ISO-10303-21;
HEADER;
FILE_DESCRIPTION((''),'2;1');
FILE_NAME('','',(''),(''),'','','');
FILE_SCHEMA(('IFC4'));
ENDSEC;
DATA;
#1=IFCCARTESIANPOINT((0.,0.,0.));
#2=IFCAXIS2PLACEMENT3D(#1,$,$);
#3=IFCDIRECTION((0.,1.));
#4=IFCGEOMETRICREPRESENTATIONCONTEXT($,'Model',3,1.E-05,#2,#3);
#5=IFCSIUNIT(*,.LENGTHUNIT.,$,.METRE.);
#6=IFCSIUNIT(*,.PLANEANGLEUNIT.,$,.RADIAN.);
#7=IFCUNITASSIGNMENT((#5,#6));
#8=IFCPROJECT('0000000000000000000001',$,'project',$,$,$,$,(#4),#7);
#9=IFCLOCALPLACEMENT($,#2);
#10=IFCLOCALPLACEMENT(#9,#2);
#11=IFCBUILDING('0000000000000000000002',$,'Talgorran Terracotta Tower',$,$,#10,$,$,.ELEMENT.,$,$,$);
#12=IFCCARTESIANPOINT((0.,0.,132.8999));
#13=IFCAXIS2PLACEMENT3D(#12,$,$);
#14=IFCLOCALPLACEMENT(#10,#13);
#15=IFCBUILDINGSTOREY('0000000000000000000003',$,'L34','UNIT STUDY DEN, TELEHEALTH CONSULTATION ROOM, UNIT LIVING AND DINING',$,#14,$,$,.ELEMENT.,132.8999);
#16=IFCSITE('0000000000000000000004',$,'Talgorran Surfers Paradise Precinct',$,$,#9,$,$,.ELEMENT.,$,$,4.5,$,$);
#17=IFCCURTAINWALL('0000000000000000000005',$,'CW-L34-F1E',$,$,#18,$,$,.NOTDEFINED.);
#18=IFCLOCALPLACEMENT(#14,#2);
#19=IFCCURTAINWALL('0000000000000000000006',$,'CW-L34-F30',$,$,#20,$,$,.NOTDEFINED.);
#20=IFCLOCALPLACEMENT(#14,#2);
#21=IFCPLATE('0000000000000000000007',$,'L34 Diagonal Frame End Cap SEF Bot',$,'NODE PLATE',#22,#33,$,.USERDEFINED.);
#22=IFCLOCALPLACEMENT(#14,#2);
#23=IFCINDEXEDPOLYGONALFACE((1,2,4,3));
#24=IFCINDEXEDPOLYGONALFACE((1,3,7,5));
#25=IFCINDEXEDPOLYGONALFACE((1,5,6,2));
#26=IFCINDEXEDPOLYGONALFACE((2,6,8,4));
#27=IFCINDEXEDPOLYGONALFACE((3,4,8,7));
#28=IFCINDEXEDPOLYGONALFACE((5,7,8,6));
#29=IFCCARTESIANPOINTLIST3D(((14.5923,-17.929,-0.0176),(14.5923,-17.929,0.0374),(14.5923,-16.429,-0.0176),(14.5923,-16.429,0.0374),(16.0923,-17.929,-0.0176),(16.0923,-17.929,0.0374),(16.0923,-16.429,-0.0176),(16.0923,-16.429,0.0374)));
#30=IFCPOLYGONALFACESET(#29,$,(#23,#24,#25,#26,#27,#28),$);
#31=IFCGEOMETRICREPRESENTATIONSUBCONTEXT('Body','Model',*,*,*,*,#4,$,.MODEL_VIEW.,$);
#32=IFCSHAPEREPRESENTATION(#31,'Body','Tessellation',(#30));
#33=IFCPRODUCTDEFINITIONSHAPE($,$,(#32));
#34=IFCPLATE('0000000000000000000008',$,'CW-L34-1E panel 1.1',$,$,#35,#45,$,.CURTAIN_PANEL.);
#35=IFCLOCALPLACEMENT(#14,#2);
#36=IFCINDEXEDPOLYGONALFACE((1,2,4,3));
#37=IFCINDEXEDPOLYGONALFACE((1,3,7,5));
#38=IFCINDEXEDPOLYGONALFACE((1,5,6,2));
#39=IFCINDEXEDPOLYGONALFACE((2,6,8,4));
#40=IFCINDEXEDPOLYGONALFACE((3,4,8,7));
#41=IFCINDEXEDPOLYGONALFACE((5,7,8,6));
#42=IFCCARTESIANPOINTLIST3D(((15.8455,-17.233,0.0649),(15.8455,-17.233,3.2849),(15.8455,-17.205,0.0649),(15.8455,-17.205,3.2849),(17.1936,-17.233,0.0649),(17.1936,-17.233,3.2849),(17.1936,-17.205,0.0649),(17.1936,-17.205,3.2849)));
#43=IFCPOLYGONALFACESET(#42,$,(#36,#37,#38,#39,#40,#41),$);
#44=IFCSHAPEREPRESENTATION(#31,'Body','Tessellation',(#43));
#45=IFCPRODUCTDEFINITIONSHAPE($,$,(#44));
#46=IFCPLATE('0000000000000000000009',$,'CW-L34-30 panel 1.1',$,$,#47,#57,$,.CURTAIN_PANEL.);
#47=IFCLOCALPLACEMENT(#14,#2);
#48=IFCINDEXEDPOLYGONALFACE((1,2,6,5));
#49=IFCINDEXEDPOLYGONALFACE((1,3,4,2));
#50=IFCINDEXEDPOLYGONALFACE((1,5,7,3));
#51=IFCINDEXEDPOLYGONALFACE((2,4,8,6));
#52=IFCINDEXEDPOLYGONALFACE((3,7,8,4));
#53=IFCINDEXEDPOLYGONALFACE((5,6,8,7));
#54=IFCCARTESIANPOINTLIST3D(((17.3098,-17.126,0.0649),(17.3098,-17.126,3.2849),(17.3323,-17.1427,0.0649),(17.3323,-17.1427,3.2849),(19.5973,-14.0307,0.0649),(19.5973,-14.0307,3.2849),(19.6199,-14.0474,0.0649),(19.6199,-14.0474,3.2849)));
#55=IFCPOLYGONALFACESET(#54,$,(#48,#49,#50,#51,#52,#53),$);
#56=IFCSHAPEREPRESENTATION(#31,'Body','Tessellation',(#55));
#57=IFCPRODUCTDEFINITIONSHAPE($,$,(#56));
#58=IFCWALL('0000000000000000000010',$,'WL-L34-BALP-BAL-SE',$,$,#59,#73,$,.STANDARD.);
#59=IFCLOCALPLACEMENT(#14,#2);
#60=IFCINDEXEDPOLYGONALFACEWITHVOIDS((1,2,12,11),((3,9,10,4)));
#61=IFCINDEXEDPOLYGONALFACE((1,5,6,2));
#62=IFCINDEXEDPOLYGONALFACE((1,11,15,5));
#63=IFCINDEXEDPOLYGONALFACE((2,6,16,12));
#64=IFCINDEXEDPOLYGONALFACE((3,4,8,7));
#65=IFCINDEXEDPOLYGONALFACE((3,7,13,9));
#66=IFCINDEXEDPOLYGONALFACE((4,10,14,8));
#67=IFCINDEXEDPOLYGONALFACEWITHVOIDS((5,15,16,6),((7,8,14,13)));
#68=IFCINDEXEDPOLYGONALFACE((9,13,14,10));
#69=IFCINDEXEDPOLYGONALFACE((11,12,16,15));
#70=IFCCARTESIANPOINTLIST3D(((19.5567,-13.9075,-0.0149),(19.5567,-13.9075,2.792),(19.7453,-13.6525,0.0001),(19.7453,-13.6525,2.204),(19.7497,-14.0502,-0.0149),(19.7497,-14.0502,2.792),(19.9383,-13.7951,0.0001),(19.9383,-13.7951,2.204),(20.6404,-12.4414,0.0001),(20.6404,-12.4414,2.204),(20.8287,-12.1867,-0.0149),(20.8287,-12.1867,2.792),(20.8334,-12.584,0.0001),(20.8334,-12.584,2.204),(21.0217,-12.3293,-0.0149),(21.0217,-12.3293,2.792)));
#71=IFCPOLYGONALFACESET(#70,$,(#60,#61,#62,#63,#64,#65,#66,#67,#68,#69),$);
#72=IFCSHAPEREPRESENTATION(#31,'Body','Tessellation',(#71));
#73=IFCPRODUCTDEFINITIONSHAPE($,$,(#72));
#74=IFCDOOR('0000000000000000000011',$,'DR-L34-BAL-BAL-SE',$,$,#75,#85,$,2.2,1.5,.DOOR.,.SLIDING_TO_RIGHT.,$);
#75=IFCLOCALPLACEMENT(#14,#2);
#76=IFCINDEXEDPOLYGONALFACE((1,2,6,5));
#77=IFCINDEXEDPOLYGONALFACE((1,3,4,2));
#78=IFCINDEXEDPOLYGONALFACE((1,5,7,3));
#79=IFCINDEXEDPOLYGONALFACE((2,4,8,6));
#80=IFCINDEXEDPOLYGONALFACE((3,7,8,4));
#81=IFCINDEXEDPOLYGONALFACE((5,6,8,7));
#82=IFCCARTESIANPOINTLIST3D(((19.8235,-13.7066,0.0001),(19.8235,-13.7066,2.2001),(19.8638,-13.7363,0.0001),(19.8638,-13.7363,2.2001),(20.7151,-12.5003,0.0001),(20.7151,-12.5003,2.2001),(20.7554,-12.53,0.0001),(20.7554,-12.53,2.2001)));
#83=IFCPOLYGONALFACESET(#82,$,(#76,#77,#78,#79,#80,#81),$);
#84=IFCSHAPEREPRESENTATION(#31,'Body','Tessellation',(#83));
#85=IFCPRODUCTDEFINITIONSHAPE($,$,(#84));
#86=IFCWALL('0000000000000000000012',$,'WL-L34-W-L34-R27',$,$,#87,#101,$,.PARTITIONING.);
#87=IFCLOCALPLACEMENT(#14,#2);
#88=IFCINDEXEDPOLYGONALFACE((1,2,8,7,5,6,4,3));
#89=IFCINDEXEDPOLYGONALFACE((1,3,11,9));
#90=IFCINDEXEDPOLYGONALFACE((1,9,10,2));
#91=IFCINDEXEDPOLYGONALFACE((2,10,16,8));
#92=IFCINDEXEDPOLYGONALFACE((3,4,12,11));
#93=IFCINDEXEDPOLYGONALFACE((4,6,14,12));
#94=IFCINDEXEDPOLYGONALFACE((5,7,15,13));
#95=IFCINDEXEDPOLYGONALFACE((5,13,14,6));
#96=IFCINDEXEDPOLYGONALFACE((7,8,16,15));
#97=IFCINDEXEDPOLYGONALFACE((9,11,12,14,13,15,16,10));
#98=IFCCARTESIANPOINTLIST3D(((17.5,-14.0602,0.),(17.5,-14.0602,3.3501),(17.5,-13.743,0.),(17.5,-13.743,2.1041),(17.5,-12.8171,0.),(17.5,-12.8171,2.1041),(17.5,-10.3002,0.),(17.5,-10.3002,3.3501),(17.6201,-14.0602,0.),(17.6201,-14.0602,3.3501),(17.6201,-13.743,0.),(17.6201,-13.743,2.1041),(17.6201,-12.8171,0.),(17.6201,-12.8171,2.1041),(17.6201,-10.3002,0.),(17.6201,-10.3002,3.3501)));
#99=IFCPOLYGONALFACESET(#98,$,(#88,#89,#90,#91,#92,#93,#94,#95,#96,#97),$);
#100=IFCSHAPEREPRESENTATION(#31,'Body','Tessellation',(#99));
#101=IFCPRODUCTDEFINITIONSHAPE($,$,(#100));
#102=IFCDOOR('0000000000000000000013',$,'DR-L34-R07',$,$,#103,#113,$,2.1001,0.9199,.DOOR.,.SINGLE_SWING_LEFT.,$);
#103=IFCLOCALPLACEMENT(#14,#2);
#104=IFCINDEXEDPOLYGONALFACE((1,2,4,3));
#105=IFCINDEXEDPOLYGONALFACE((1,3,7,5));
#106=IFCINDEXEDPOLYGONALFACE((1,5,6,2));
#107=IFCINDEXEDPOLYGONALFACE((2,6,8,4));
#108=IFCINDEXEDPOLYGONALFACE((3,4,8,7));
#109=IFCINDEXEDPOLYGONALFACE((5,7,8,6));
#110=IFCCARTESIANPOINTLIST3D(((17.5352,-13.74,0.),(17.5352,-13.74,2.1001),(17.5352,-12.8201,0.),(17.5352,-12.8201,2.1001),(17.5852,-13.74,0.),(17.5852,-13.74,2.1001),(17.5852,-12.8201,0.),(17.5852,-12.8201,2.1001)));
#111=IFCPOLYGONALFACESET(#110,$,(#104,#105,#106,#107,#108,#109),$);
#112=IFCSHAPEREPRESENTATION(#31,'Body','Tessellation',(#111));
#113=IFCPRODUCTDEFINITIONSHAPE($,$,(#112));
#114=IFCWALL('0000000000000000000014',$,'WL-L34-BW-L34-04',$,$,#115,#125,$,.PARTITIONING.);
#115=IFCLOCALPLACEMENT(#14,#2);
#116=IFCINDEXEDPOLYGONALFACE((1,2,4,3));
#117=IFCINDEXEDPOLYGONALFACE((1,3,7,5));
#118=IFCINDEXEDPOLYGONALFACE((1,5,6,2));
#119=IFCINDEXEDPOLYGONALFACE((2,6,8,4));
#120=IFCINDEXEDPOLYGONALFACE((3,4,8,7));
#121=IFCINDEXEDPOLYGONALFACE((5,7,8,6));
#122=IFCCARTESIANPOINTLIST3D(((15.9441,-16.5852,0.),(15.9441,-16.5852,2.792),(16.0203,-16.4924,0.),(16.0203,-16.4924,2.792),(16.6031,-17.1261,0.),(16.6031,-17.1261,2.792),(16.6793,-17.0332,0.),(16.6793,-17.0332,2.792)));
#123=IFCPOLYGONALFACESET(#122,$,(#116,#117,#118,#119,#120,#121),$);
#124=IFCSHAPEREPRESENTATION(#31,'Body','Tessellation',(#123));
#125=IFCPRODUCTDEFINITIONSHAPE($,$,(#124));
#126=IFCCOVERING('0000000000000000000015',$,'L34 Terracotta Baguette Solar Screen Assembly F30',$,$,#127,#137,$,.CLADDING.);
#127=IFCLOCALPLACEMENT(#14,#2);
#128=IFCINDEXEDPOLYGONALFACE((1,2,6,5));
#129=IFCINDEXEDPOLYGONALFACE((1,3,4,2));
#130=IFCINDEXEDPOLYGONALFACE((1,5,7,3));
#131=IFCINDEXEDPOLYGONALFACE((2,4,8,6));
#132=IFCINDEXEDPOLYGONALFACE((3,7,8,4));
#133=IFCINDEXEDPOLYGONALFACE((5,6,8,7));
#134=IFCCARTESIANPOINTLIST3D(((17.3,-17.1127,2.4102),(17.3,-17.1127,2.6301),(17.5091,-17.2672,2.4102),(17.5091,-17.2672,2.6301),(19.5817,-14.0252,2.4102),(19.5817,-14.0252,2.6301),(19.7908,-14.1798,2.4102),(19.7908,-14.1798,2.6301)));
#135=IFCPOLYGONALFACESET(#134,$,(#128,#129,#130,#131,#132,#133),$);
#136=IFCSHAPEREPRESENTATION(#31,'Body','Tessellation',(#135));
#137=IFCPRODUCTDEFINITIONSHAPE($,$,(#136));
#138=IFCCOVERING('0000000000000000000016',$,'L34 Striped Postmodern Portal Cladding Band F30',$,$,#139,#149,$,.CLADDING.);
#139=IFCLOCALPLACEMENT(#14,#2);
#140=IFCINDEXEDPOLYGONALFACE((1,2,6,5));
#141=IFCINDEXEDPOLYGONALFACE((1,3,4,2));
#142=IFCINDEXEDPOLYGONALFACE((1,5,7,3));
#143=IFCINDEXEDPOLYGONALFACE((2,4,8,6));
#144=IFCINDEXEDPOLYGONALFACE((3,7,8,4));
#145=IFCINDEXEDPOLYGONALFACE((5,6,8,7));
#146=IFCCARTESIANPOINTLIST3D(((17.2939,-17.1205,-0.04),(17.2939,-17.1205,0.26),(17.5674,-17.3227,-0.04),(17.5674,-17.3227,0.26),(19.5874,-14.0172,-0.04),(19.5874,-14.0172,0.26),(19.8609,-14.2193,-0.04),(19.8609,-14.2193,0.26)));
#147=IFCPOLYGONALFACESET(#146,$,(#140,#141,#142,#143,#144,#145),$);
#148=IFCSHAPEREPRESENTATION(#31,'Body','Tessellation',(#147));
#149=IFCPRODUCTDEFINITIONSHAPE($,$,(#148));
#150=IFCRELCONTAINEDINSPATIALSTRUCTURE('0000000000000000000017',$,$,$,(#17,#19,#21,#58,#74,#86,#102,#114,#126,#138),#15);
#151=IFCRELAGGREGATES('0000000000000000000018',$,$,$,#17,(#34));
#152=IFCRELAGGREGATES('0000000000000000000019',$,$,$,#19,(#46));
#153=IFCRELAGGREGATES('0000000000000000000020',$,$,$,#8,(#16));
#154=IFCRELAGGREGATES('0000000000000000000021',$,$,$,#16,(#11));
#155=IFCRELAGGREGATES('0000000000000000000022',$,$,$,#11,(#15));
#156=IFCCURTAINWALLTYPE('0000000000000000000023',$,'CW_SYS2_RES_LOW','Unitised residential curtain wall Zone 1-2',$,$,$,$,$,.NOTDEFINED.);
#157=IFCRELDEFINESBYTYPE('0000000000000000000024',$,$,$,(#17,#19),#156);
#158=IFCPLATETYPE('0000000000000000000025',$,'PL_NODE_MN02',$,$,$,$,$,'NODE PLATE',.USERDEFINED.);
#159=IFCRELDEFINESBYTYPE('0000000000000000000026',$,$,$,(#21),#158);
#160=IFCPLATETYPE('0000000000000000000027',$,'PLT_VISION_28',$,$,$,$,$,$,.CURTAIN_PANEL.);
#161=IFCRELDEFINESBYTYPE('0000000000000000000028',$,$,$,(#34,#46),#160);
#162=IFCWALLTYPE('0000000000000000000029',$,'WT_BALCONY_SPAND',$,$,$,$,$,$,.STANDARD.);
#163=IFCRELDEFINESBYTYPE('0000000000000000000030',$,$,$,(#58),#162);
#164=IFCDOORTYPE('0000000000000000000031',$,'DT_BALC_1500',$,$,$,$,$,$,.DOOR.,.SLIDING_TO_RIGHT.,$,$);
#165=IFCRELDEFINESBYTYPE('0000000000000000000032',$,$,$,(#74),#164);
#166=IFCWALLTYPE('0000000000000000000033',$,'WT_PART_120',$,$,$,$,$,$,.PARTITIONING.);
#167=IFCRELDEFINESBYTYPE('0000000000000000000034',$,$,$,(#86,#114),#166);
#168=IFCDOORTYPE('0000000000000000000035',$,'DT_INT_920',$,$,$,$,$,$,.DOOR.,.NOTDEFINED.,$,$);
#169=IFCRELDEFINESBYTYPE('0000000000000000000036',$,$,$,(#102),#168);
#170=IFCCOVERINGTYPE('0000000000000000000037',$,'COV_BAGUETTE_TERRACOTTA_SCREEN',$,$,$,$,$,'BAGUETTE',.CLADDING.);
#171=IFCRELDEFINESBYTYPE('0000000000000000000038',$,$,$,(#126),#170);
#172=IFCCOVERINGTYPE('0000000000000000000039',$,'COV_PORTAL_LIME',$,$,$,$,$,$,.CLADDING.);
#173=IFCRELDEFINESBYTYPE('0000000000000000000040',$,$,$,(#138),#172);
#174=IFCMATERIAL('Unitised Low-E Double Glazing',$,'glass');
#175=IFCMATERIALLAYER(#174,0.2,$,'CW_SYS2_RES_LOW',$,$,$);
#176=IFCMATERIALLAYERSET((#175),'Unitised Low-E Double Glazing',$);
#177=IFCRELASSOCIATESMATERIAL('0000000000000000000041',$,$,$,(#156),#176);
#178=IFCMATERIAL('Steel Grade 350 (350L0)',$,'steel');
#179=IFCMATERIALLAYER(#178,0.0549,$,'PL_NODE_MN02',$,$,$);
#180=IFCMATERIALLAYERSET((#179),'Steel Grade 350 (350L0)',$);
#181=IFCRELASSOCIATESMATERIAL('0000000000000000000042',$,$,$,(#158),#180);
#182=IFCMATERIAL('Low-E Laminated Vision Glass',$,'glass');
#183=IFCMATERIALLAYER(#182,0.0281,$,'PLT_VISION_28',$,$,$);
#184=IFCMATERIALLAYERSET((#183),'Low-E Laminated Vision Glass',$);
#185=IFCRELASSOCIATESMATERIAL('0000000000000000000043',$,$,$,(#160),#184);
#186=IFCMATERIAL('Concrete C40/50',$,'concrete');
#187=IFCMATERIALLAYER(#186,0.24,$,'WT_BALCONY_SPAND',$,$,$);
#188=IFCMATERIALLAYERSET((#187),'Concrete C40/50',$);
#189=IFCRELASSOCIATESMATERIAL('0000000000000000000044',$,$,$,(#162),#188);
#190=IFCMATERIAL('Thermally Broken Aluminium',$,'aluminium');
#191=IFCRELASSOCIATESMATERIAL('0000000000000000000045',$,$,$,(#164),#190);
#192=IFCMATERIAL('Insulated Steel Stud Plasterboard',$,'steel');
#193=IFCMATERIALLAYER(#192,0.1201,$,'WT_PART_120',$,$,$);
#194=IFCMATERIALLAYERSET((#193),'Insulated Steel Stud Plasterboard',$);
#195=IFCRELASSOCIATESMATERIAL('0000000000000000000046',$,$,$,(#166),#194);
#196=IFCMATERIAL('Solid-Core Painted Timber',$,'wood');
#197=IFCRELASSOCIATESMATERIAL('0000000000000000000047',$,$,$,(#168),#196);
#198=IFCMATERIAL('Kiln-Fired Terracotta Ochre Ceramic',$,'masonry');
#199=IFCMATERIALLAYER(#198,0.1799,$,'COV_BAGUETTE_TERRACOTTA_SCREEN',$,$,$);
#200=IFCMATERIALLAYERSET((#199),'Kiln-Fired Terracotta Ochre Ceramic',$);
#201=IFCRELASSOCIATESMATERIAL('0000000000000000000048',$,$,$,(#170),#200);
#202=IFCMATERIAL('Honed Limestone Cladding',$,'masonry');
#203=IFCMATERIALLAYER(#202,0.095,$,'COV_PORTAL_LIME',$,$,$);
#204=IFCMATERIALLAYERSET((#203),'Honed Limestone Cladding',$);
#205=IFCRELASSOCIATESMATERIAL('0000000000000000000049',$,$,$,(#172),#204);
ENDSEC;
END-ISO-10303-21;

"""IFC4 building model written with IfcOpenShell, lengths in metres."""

from ifc_helpers import new_model, si_unit, direction, frame, frame_2d, origin, origin_2d, place, context, subcontext, project, spatial, rectangle, extrude, source, transform, mapped, material, layer, layer_set, type_object, type_shapes, element, fill, aggregate, save


model = new_model("IFC4")

# Units and contexts
model_context = context("Model", 3, precision=1e-05, world=origin(), true_north=direction((0.0, 1.0)))
body_context = subcontext(model_context, "Body", "Model", "MODEL_VIEW")
ifc_project = project(units=[si_unit("LENGTHUNIT", "METRE"), si_unit("PLANEANGLEUNIT", "RADIAN")], contexts=[model_context])

# Site, building, storey
site_placement = place(None, origin())
site = spatial("IfcSite", under=ifc_project, at=site_placement, Name="Talgorran Surfers Paradise Precinct", CompositionType="ELEMENT", RefElevation=4.5)
building_placement = place(site_placement, origin())
building = spatial("IfcBuilding", under=site, at=building_placement, Name="Talgorran Terracotta Tower", CompositionType="ELEMENT")
storey_placement = place(building_placement, frame((0.0, 0.0, 132.8999)))
storey = spatial("IfcBuildingStorey", under=building, at=storey_placement, Name="L34", Description="UNIT STUDY DEN, TELEHEALTH CONSULTATION ROOM, UNIT LIVING AND DINING", CompositionType="ELEMENT", Elevation=132.8999)

# Shared definitions
ifc_material_1 = material(Name="Steel Grade 350 (350L0)", Category="steel")

# Shared definitions
ifc_material_2 = material(Name="Unitised Low-E Double Glazing", Category="glass")
ifc_layer_1 = layer(ifc_material_2, 0.2, Name="CW_SYS2_RES_LOW")
ifc_layer_set_1 = layer_set([ifc_layer_1], Name="Unitised Low-E Double Glazing")
curtain_wall_type = type_object("IfcCurtainWallType", Name="CW_SYS2_RES_LOW", Description="Unitised residential curtain wall Zone 1-2", PredefinedType="NOTDEFINED", material=ifc_layer_set_1)

# Curtain walls
curtain_wall_1_placement = place(storey_placement, origin())
curtain_wall_1 = element("IfcCurtainWall", 1, at=curtain_wall_1_placement, inside=storey, type_object=curtain_wall_type, Name="CW-L34-F1E", PredefinedType="NOTDEFINED")
curtain_wall_2_placement = place(storey_placement, origin())
curtain_wall_2 = element("IfcCurtainWall", 2, at=curtain_wall_2_placement, inside=storey, type_object=curtain_wall_type, Name="CW-L34-F30", PredefinedType="NOTDEFINED")

# Plates
ifc_layer_2 = layer(ifc_material_1, 0.0549, Name="PL_NODE_MN02")
ifc_layer_set_2 = layer_set([ifc_layer_2], Name="Steel Grade 350 (350L0)")
plate_type_1 = type_object("IfcPlateType", Name="PL_NODE_MN02", ElementType="NODE PLATE", PredefinedType="USERDEFINED", material=ifc_layer_set_2)
plate_1_placement = place(storey_placement, frame((15.3423, -17.179, -0.0176), z_axis=(0.0, 0.0, 1.0), x_axis=(-1.0, 0.0, 0.0)))
element("IfcPlate", 3, at=plate_1_placement, inside=storey, type_object=plate_type_1, Name="L34 Diagonal Frame End Cap SEF Bot", ObjectType="NODE PLATE", PredefinedType="USERDEFINED", context=body_context, shape_type="SweptSolid", body=[
    extrude(rectangle(XDim=1.5, YDim=1.5, at=origin_2d()), origin(), (0.0, 0.0, 1.0), 0.0549),
])
ifc_material_3 = material(Name="Low-E Laminated Vision Glass", Category="glass")
ifc_layer_3 = layer(ifc_material_3, 0.0281, Name="PLT_VISION_28")
ifc_layer_set_3 = layer_set([ifc_layer_3], Name="Low-E Laminated Vision Glass")
plate_type_2 = type_object("IfcPlateType", Name="PLT_VISION_28", PredefinedType="CURTAIN_PANEL", material=ifc_layer_set_3)
shared_shape_1 = source(origin(), body_context, "Body", "SweptSolid", [
    extrude(rectangle(XDim=1.3481, YDim=0.0281, at=origin_2d()), origin(), (0.0, 0.0, 1.0), 3.22),
])
plate_2_placement = place(storey_placement, frame((16.5195, -17.219, 0.0649), z_axis=(0.0, 0.0, 1.0), x_axis=(1.0, 0.0, 0.0)))
plate_2 = element("IfcPlate", 4, at=plate_2_placement, type_object=plate_type_2, Name="CW-L34-1E panel 1.1", PredefinedType="CURTAIN_PANEL", context=body_context, shape_type="MappedRepresentation", body=[
    mapped(shared_shape_1, transform((0.0, 0.0, 0.0), scale=1.0)),
])
aggregate(curtain_wall_1, [plate_2])
shared_shape_2 = source(origin(), body_context, "Body", "SweptSolid", [
    extrude(rectangle(XDim=3.8489, YDim=0.0281, at=origin_2d()), origin(), (0.0, 0.0, 1.0), 3.22),
])
type_shapes(plate_type_2, [shared_shape_1, shared_shape_2])
plate_3_placement = place(storey_placement, frame((18.4648, -15.5867, 0.0649), z_axis=(0.0, 0.0, 1.0), x_axis=(0.594351, 0.804205, 0.0)))
plate_3 = element("IfcPlate", 5, at=plate_3_placement, type_object=plate_type_2, Name="CW-L34-30 panel 1.1", PredefinedType="CURTAIN_PANEL", context=body_context, shape_type="MappedRepresentation", body=[
    mapped(shared_shape_2, transform((0.0, 0.0, 0.0), scale=1.0)),
])
aggregate(curtain_wall_2, [plate_3])

# Walls, openings, doors
ifc_material_4 = material(Name="Concrete C40/50", Category="concrete")
ifc_layer_4 = layer(ifc_material_4, 0.24, Name="WT_BALCONY_SPAND")
ifc_layer_set_4 = layer_set([ifc_layer_4], Name="Concrete C40/50")
wall_type_1 = type_object("IfcWallType", Name="WT_BALCONY_SPAND", PredefinedType="STANDARD", material=ifc_layer_set_4)
wall_1_placement = place(storey_placement, frame((19.6533, -13.9788, -0.0149), z_axis=(0.0, 0.0, 1.0), x_axis=(0.594381, 0.804183, 0.0)))
wall_1 = element("IfcWall", 6, at=wall_1_placement, inside=storey, type_object=wall_type_1, Name="WL-L34-BALP-BAL-SE", PredefinedType="STANDARD", context=body_context, shape_type="SweptSolid", body=[
    extrude(rectangle(XDim=2.1399, YDim=0.24, at=frame_2d((1.0698, 0.0))), origin(), (0.0, 0.0, 1.0), 2.8069),
])
opening_1_placement = place(wall_1_placement, frame((0.3201, 0.0, 0.0149)))
opening_1 = element("IfcOpeningElement", 7, at=opening_1_placement, cuts=wall_1, PredefinedType="OPENING", context=body_context, shape_type="SweptSolid", body=[
    extrude(rectangle(XDim=1.506, YDim=2.204, at=frame_2d((0.75, 1.1021))), frame((0.0, 0.1299, 0.0), z_axis=(0.0, -1.0, 0.0), x_axis=(1.0, 0.0, 0.0)), (0.0, 0.0, 1.0), 0.26),
])
ifc_material_5 = material(Name="Thermally Broken Aluminium", Category="aluminium")
door_type_1 = type_object("IfcDoorType", Name="DT_BALC_1500", OperationType="SLIDING_TO_RIGHT", PredefinedType="DOOR", material=ifc_material_5)
door_1_placement = place(opening_1_placement, origin())
door_1 = element("IfcDoor", 8, at=door_1_placement, inside=storey, type_object=door_type_1, Name="DR-L34-BAL-BAL-SE", OperationType="SLIDING_TO_RIGHT", OverallHeight=2.2, OverallWidth=1.5, PredefinedType="DOOR", context=body_context, shape_type="SweptSolid", body=[
    extrude(rectangle(XDim=1.5, YDim=2.2, at=frame_2d((0.75, 1.1001))), frame((0.0, 0.0249, 0.0), z_axis=(0.0, -1.0, 0.0), x_axis=(1.0, 0.0, 0.0)), (0.0, 0.0, 1.0), 0.05),
])
fill(opening_1, door_1)
ifc_material_6 = material(Name="Insulated Steel Stud Plasterboard", Category="steel")
ifc_layer_5 = layer(ifc_material_6, 0.1201, Name="WT_PART_120")
ifc_layer_set_5 = layer_set([ifc_layer_5], Name="Insulated Steel Stud Plasterboard")
wall_type_2 = type_object("IfcWallType", Name="WT_PART_120", PredefinedType="PARTITIONING", material=ifc_layer_set_5)
wall_2_placement = place(storey_placement, frame((17.5601, -14.0601, 0.0), z_axis=(0.0, 0.0, 1.0), x_axis=(0.0, 1.0, 0.0)))
wall_2 = element("IfcWall", 9, at=wall_2_placement, inside=storey, type_object=wall_type_2, Name="WL-L34-W-L34-R27", PredefinedType="PARTITIONING", context=body_context, shape_type="SweptSolid", body=[
    extrude(rectangle(XDim=3.76, YDim=0.1201, at=frame_2d((1.8799, 0.0))), origin(), (0.0, 0.0, 1.0), 3.3501),
])
opening_2_placement = place(wall_2_placement, frame((0.3201, 0.0, 0.0)))
opening_2 = element("IfcOpeningElement", 10, at=opening_2_placement, cuts=wall_2, PredefinedType="OPENING", context=body_context, shape_type="SweptSolid", body=[
    extrude(rectangle(XDim=0.9259, YDim=2.1041, at=frame_2d((0.46, 1.052))), frame((0.0, 0.0701, 0.0), z_axis=(0.0, -1.0, 0.0), x_axis=(1.0, 0.0, 0.0)), (0.0, 0.0, 1.0), 0.1401),
])
ifc_material_7 = material(Name="Solid-Core Painted Timber", Category="wood")
door_type_2 = type_object("IfcDoorType", Name="DT_INT_920", OperationType="NOTDEFINED", PredefinedType="DOOR", material=ifc_material_7)
door_2_placement = place(opening_2_placement, origin())
door_2 = element("IfcDoor", 11, at=door_2_placement, inside=storey, type_object=door_type_2, Name="DR-L34-R07", OperationType="SINGLE_SWING_LEFT", OverallHeight=2.1001, OverallWidth=0.9199, PredefinedType="DOOR", context=body_context, shape_type="SweptSolid", body=[
    extrude(rectangle(XDim=0.9199, YDim=2.1001, at=frame_2d((0.46, 1.05))), frame((0.0, 0.0249, 0.0), z_axis=(0.0, -1.0, 0.0), x_axis=(1.0, 0.0, 0.0)), (0.0, 0.0, 1.0), 0.05),
])
fill(opening_2, door_2)

# Wall
wall_3_placement = place(storey_placement, frame((15.9822, -16.5388, 0.0), z_axis=(0.0, 0.0, 1.0), x_axis=(0.773012, -0.634391, 0.0)))
element("IfcWall", 12, at=wall_3_placement, inside=storey, type_object=wall_type_2, Name="WL-L34-BW-L34-04", PredefinedType="PARTITIONING", context=body_context, shape_type="SweptSolid", body=[
    extrude(rectangle(XDim=0.8525, YDim=0.1201, at=frame_2d((0.4263, 0.0))), origin(), (0.0, 0.0, 1.0), 2.792),
])

# Coverings
ifc_material_8 = material(Name="Kiln-Fired Terracotta Ochre Ceramic", Category="masonry")
ifc_layer_6 = layer(ifc_material_8, 0.1799, Name="COV_BAGUETTE_TERRACOTTA_SCREEN")
ifc_layer_set_6 = layer_set([ifc_layer_6], Name="Kiln-Fired Terracotta Ochre Ceramic")
covering_type_1 = type_object("IfcCoveringType", Name="COV_BAGUETTE_TERRACOTTA_SCREEN", ElementType="BAGUETTE", PredefinedType="CLADDING", material=ifc_layer_set_6)
covering_1_placement = place(storey_placement, frame((18.5454, -15.6462, 2.4102), z_axis=(0.0, 0.0, 1.0), x_axis=(0.594346, 0.80421, 0.0)))
element("IfcCovering", 13, at=covering_1_placement, inside=storey, type_object=covering_type_1, Name="L34 Terracotta Baguette Solar Screen Assembly F30", PredefinedType="CLADDING", context=body_context, shape_type="SweptSolid", body=[
    extrude(rectangle(XDim=3.8391, YDim=0.26, at=origin_2d()), origin(), (0.0, 0.0, 1.0), 0.22),
])
ifc_material_9 = material(Name="Honed Limestone Cladding", Category="masonry")
ifc_layer_7 = layer(ifc_material_9, 0.095, Name="COV_PORTAL_LIME")
ifc_layer_set_7 = layer_set([ifc_layer_7], Name="Honed Limestone Cladding")
covering_type_2 = type_object("IfcCoveringType", Name="COV_PORTAL_LIME", PredefinedType="CLADDING", material=ifc_layer_set_7)
covering_2_placement = place(storey_placement, frame((18.5774, -15.6699, -0.04), z_axis=(0.0, 0.0, 1.0), x_axis=(0.594346, 0.80421, 0.0)))
element("IfcCovering", 14, at=covering_2_placement, inside=storey, type_object=covering_type_2, Name="L34 Striped Postmodern Portal Cladding Band F30", PredefinedType="CLADDING", context=body_context, shape_type="SweptSolid", body=[
    extrude(rectangle(XDim=3.8589, YDim=0.3401, at=origin_2d()), origin(), (0.0, 0.0, 1.0), 0.3),
])

save(model, "model.ifc")
